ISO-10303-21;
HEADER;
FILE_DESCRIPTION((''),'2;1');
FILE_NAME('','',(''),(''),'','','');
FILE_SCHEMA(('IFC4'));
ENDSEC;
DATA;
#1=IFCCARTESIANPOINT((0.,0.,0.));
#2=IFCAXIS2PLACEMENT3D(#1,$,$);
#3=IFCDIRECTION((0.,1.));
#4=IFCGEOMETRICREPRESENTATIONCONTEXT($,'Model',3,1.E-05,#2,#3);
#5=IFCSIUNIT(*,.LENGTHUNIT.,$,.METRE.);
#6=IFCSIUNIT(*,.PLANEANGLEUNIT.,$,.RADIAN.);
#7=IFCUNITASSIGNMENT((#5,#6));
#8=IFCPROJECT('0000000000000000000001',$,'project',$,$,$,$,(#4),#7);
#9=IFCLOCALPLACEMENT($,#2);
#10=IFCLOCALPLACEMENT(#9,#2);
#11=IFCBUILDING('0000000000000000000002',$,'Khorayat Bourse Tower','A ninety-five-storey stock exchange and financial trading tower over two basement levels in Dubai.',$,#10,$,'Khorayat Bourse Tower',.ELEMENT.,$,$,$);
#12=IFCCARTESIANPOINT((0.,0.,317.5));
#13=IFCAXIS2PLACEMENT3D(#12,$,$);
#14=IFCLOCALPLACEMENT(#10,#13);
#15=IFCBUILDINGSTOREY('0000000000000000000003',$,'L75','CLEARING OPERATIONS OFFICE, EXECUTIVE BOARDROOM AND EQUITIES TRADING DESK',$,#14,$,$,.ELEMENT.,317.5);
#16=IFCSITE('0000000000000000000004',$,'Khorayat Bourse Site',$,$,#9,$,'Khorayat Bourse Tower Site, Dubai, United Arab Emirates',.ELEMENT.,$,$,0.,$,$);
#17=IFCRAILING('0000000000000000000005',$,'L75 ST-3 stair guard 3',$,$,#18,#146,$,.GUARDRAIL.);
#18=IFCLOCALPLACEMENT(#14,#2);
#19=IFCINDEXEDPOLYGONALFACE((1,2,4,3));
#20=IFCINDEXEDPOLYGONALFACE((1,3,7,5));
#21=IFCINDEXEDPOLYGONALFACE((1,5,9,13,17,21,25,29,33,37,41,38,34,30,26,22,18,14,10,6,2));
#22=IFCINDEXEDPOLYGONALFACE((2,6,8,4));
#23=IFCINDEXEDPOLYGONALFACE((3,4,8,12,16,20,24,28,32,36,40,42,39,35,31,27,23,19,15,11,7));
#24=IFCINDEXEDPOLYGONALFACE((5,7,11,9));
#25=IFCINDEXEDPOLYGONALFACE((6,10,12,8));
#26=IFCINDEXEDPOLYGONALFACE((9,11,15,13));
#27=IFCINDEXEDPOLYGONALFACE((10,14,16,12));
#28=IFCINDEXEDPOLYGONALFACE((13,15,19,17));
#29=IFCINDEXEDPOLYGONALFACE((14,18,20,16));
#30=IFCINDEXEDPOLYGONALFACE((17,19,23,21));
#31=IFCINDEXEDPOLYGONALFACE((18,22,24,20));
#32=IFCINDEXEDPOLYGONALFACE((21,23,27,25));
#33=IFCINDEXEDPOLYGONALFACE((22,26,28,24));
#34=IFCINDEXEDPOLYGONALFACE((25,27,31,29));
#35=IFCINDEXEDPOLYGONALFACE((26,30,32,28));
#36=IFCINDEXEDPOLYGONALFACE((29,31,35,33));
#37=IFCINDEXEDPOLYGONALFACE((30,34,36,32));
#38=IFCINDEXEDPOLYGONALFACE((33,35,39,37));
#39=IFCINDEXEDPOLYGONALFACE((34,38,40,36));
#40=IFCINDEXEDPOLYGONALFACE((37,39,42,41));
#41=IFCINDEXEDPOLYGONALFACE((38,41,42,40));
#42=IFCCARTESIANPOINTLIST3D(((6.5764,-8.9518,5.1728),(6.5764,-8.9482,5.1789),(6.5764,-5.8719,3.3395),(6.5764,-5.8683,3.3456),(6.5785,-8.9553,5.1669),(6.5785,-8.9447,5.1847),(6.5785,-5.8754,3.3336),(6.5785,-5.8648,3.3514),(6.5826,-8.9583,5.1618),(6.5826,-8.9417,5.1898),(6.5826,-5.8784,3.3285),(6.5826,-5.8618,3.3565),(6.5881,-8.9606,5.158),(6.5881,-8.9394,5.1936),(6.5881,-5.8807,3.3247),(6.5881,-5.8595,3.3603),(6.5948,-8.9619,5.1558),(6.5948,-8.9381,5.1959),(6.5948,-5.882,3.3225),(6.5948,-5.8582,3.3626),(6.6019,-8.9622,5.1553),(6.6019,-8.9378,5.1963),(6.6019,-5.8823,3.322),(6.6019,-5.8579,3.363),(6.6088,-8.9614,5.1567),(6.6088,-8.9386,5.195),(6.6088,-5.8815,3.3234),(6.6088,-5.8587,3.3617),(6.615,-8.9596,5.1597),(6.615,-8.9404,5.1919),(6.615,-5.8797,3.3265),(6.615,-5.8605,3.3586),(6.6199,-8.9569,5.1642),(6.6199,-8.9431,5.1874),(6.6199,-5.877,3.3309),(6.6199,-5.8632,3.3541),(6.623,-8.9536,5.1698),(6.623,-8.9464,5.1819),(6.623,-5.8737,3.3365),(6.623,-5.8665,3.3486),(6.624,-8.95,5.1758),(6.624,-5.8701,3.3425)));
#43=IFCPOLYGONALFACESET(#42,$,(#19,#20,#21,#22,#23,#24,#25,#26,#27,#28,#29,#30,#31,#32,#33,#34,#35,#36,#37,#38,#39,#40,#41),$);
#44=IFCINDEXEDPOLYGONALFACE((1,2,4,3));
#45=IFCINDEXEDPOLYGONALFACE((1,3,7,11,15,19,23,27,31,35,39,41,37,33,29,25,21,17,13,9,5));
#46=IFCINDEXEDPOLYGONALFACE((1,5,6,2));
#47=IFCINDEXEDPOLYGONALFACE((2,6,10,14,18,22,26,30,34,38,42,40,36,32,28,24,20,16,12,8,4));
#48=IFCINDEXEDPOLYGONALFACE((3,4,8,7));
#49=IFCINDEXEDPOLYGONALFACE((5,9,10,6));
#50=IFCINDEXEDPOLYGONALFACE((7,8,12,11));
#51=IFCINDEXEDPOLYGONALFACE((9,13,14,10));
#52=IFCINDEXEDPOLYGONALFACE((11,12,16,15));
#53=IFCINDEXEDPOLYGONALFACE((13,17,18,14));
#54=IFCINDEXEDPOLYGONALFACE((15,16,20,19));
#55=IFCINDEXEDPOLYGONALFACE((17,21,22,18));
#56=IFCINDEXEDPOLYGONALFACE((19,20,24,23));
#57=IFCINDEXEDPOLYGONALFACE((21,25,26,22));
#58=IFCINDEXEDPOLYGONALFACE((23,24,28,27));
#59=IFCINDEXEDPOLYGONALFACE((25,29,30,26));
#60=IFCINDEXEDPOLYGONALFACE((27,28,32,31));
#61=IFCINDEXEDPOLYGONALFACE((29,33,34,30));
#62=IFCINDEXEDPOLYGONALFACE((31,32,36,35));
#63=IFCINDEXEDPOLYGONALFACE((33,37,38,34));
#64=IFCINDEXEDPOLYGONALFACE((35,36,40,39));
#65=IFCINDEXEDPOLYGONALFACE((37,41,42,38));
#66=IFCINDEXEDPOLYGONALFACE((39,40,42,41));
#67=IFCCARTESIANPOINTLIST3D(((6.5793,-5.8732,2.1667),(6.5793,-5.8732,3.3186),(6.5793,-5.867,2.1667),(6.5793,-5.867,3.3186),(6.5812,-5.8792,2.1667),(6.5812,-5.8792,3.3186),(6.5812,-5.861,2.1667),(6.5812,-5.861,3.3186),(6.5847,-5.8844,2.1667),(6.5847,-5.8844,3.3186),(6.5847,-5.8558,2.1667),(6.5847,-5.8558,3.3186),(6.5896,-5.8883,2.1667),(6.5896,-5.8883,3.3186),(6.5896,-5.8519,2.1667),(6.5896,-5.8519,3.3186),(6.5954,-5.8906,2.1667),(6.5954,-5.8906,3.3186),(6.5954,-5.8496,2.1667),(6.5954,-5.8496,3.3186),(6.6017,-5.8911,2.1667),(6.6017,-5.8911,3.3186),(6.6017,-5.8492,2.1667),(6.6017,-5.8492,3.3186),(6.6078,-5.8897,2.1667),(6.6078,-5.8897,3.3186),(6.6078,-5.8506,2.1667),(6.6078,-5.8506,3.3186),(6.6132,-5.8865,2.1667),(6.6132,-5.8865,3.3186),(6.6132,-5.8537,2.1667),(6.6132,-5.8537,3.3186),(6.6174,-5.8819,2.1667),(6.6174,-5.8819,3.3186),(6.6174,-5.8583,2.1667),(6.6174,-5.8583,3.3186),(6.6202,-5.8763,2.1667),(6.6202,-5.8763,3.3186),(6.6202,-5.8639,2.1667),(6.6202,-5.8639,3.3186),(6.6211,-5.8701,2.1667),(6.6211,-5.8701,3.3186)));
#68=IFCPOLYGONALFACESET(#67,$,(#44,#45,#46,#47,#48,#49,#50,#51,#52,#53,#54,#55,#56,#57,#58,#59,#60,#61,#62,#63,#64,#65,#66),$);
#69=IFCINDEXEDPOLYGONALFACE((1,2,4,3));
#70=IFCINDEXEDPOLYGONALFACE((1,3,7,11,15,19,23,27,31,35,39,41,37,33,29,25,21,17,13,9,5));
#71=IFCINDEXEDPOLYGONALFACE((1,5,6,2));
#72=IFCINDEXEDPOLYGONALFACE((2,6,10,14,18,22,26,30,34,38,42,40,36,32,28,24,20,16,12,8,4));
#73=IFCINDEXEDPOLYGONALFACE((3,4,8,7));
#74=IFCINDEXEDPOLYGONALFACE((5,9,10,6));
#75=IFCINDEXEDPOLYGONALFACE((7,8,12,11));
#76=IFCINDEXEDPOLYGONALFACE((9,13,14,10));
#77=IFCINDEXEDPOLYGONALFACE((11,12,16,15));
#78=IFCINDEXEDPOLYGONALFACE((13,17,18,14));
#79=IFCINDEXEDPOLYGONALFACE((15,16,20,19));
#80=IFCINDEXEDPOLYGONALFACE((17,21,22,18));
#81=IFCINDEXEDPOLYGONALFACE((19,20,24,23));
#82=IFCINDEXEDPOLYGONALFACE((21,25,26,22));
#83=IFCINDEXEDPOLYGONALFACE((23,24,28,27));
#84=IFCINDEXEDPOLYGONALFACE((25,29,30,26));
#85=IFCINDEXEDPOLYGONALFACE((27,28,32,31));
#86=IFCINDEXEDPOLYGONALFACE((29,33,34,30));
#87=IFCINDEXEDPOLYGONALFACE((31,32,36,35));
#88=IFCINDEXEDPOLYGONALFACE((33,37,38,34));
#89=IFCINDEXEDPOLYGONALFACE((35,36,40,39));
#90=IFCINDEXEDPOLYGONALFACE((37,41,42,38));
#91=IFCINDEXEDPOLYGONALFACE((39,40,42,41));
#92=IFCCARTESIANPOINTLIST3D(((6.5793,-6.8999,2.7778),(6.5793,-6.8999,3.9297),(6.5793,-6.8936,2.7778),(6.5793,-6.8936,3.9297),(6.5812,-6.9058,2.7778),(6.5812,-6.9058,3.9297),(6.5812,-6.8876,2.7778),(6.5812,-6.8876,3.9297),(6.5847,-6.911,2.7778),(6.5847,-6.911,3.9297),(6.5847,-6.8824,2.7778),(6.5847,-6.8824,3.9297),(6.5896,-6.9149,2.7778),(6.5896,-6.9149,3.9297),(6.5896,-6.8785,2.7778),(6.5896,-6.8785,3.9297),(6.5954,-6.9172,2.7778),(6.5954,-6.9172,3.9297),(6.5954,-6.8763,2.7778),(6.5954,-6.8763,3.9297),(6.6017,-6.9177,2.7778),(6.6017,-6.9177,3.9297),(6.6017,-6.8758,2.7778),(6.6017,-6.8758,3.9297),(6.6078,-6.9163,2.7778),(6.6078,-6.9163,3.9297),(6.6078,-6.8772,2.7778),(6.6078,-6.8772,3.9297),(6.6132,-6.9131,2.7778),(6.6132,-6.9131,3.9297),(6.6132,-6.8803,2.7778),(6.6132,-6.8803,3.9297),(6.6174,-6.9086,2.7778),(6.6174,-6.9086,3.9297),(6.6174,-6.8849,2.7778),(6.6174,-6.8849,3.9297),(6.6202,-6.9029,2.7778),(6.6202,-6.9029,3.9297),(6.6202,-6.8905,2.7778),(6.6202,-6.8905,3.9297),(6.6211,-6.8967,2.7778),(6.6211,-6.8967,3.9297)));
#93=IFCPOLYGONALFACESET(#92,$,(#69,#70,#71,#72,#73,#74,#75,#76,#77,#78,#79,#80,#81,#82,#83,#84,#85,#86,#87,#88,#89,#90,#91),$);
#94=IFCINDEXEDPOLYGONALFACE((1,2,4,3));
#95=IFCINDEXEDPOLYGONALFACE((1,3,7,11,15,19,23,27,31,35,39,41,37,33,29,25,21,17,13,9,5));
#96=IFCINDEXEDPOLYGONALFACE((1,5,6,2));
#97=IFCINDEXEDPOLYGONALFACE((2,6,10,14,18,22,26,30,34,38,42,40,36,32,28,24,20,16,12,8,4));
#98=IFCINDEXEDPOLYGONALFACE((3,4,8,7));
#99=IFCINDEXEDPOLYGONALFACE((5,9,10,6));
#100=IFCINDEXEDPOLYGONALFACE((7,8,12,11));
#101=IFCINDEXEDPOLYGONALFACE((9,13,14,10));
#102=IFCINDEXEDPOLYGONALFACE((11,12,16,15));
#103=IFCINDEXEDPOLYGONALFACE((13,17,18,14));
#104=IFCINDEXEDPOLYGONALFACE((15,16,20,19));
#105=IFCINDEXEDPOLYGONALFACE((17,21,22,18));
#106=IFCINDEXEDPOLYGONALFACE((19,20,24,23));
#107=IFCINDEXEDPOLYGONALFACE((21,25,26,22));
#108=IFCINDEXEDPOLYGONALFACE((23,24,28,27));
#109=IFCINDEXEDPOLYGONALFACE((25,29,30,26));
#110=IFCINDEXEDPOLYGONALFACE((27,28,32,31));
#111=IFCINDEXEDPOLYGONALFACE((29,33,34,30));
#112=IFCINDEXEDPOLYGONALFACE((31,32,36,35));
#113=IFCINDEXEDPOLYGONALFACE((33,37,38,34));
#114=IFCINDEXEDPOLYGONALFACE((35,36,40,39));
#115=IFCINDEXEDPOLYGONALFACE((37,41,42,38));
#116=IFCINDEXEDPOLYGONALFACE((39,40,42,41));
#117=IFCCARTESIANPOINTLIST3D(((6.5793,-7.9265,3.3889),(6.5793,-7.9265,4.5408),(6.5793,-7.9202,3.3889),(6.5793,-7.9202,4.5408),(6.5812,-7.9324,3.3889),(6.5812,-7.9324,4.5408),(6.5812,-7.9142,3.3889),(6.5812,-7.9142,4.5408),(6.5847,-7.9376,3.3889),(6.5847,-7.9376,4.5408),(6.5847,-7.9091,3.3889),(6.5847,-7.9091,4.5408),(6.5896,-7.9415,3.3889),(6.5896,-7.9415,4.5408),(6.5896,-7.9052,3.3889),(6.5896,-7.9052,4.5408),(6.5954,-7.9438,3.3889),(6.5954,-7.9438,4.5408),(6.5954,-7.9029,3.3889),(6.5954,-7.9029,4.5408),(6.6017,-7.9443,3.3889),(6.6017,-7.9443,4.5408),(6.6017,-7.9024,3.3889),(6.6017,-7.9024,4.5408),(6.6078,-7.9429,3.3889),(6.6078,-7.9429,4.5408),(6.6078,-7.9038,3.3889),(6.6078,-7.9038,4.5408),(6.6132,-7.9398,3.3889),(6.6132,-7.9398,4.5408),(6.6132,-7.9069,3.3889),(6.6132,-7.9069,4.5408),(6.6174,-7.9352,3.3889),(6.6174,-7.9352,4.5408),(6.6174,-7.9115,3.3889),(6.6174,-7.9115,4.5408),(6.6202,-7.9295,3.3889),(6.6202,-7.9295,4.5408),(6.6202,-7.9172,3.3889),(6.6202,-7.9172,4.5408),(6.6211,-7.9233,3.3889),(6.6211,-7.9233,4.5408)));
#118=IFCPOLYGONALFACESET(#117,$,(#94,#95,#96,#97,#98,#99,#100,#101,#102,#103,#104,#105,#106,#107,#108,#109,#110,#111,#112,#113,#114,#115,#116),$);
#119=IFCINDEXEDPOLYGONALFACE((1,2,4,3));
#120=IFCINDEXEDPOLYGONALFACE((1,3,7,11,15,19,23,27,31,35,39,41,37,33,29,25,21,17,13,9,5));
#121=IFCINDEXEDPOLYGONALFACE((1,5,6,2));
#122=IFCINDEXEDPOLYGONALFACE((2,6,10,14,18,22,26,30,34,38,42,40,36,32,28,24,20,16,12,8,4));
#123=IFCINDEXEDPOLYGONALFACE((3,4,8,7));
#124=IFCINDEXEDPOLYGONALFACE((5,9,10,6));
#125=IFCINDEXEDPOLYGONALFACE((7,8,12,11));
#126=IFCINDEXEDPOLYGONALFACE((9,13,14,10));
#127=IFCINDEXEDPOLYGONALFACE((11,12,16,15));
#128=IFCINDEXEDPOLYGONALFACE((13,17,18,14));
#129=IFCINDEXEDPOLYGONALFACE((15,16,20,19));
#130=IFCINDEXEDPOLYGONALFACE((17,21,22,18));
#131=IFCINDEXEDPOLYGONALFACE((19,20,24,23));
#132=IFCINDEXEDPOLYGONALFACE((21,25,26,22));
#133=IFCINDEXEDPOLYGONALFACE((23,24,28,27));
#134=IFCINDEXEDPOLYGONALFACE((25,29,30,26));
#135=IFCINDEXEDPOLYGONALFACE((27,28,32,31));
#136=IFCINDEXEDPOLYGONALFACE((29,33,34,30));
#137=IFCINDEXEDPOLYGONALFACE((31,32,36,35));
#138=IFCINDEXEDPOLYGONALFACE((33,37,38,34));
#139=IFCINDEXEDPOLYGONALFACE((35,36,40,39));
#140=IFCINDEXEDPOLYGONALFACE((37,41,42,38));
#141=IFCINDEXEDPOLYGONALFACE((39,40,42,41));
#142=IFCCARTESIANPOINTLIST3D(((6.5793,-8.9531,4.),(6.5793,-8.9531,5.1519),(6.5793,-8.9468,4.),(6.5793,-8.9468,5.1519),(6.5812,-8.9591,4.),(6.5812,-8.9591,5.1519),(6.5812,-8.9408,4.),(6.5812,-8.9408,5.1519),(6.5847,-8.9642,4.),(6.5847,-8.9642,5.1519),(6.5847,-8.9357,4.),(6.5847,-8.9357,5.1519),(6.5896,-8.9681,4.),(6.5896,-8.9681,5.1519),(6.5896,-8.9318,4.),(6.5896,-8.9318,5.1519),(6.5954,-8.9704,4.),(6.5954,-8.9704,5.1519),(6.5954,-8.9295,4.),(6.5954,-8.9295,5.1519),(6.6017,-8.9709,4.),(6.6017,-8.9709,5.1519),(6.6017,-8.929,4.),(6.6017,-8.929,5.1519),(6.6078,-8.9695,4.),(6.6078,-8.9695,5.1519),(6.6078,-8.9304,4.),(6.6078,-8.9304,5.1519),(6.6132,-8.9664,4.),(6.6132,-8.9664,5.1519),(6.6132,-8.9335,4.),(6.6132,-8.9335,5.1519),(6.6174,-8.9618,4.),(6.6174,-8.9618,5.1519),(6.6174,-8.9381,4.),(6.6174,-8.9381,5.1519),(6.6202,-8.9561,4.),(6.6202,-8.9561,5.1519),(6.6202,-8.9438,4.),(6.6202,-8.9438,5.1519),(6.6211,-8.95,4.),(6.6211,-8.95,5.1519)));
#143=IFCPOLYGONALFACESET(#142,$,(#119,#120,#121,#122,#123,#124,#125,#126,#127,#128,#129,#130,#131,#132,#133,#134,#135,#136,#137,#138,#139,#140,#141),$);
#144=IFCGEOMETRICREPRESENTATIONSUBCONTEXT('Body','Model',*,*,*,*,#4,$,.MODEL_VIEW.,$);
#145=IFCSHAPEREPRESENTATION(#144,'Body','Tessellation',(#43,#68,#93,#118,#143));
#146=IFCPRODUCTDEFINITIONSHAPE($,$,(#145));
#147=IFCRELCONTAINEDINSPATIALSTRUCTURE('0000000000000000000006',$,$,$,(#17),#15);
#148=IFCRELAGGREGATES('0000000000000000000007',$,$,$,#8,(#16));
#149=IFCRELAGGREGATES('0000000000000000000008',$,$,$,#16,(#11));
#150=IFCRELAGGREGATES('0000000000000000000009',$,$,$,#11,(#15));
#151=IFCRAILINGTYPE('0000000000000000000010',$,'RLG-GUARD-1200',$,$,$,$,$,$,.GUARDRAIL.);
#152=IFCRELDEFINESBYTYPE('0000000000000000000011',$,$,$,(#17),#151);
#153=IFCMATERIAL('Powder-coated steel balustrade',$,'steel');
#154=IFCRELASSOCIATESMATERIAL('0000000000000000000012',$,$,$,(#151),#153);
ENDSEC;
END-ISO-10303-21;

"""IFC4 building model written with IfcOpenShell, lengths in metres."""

from ifc_helpers import new_model, si_unit, direction, frame, origin, origin_2d, place, context, subcontext, project, spatial, circle, extrude, source, transform, mapped, material, type_object, element, save


model = new_model("IFC4")

# Units and contexts
model_context = context("Model", 3, precision=1e-05, world=origin(), true_north=direction((0.0, 1.0)))
body_context = subcontext(model_context, "Body", "Model", "MODEL_VIEW")
ifc_project = project(units=[si_unit("LENGTHUNIT", "METRE"), si_unit("PLANEANGLEUNIT", "RADIAN")], contexts=[model_context])

# Site, building, storey
site_placement = place(None, origin())
site = spatial("IfcSite", under=ifc_project, at=site_placement, Name="Khorayat Bourse Site", LongName="Khorayat Bourse Tower Site, Dubai, United Arab Emirates", CompositionType="ELEMENT", RefElevation=0.0)
building_placement = place(site_placement, origin())
building = spatial("IfcBuilding", under=site, at=building_placement, Name="Khorayat Bourse Tower", Description="A ninety-five-storey stock exchange and financial trading tower over two basement levels in Dubai.", LongName="Khorayat Bourse Tower", CompositionType="ELEMENT")
storey_placement = place(building_placement, frame((0.0, 0.0, 317.5)))
storey = spatial("IfcBuildingStorey", under=building, at=storey_placement, Name="L75", Description="CLEARING OPERATIONS OFFICE, EXECUTIVE BOARDROOM AND EQUITIES TRADING DESK", CompositionType="ELEMENT", Elevation=317.5)

# Railing
ifc_material_1 = material(Name="Powder-coated steel balustrade", Category="steel")
railing_type_1 = type_object("IfcRailingType", Name="RLG-GUARD-1200", PredefinedType="GUARDRAIL", material=ifc_material_1)
shared_shape_1 = source(origin(), body_context, "Body", "SweptSolid", [
    extrude(circle(Radius=0.0239, at=origin_2d()), frame((0.0, 0.0, 1.1758), z_axis=(0.0, -0.859291, 0.511487), x_axis=(1.0, 0.0, 0.0)), (0.0, 0.0, 1.0), 3.5842),
    extrude(circle(Radius=0.021, at=origin_2d()), origin(), (0.0, 0.0, 1.0), 1.1519),
    extrude(circle(Radius=0.021, at=origin_2d()), frame((0.0, -1.0266, 0.6111)), (0.0, 0.0, 1.0), 1.1519),
    extrude(circle(Radius=0.021, at=origin_2d()), frame((0.0, -2.0532, 1.2222)), (0.0, 0.0, 1.0), 1.1519),
    extrude(circle(Radius=0.021, at=origin_2d()), frame((0.0, -3.0798, 1.8333)), (0.0, 0.0, 1.0), 1.1519),
])
railing_1_placement = place(storey_placement, frame((6.6001, -5.8701, 2.1667)))
element("IfcRailing", 1, at=railing_1_placement, inside=storey, type_object=railing_type_1, Name="L75 ST-3 stair guard 3", PredefinedType="GUARDRAIL", context=body_context, shape_type="MappedRepresentation", body=[
    mapped(shared_shape_1, transform((0.0, 0.0, 0.0), scale=1.0)),
])

save(model, "model.ifc")
